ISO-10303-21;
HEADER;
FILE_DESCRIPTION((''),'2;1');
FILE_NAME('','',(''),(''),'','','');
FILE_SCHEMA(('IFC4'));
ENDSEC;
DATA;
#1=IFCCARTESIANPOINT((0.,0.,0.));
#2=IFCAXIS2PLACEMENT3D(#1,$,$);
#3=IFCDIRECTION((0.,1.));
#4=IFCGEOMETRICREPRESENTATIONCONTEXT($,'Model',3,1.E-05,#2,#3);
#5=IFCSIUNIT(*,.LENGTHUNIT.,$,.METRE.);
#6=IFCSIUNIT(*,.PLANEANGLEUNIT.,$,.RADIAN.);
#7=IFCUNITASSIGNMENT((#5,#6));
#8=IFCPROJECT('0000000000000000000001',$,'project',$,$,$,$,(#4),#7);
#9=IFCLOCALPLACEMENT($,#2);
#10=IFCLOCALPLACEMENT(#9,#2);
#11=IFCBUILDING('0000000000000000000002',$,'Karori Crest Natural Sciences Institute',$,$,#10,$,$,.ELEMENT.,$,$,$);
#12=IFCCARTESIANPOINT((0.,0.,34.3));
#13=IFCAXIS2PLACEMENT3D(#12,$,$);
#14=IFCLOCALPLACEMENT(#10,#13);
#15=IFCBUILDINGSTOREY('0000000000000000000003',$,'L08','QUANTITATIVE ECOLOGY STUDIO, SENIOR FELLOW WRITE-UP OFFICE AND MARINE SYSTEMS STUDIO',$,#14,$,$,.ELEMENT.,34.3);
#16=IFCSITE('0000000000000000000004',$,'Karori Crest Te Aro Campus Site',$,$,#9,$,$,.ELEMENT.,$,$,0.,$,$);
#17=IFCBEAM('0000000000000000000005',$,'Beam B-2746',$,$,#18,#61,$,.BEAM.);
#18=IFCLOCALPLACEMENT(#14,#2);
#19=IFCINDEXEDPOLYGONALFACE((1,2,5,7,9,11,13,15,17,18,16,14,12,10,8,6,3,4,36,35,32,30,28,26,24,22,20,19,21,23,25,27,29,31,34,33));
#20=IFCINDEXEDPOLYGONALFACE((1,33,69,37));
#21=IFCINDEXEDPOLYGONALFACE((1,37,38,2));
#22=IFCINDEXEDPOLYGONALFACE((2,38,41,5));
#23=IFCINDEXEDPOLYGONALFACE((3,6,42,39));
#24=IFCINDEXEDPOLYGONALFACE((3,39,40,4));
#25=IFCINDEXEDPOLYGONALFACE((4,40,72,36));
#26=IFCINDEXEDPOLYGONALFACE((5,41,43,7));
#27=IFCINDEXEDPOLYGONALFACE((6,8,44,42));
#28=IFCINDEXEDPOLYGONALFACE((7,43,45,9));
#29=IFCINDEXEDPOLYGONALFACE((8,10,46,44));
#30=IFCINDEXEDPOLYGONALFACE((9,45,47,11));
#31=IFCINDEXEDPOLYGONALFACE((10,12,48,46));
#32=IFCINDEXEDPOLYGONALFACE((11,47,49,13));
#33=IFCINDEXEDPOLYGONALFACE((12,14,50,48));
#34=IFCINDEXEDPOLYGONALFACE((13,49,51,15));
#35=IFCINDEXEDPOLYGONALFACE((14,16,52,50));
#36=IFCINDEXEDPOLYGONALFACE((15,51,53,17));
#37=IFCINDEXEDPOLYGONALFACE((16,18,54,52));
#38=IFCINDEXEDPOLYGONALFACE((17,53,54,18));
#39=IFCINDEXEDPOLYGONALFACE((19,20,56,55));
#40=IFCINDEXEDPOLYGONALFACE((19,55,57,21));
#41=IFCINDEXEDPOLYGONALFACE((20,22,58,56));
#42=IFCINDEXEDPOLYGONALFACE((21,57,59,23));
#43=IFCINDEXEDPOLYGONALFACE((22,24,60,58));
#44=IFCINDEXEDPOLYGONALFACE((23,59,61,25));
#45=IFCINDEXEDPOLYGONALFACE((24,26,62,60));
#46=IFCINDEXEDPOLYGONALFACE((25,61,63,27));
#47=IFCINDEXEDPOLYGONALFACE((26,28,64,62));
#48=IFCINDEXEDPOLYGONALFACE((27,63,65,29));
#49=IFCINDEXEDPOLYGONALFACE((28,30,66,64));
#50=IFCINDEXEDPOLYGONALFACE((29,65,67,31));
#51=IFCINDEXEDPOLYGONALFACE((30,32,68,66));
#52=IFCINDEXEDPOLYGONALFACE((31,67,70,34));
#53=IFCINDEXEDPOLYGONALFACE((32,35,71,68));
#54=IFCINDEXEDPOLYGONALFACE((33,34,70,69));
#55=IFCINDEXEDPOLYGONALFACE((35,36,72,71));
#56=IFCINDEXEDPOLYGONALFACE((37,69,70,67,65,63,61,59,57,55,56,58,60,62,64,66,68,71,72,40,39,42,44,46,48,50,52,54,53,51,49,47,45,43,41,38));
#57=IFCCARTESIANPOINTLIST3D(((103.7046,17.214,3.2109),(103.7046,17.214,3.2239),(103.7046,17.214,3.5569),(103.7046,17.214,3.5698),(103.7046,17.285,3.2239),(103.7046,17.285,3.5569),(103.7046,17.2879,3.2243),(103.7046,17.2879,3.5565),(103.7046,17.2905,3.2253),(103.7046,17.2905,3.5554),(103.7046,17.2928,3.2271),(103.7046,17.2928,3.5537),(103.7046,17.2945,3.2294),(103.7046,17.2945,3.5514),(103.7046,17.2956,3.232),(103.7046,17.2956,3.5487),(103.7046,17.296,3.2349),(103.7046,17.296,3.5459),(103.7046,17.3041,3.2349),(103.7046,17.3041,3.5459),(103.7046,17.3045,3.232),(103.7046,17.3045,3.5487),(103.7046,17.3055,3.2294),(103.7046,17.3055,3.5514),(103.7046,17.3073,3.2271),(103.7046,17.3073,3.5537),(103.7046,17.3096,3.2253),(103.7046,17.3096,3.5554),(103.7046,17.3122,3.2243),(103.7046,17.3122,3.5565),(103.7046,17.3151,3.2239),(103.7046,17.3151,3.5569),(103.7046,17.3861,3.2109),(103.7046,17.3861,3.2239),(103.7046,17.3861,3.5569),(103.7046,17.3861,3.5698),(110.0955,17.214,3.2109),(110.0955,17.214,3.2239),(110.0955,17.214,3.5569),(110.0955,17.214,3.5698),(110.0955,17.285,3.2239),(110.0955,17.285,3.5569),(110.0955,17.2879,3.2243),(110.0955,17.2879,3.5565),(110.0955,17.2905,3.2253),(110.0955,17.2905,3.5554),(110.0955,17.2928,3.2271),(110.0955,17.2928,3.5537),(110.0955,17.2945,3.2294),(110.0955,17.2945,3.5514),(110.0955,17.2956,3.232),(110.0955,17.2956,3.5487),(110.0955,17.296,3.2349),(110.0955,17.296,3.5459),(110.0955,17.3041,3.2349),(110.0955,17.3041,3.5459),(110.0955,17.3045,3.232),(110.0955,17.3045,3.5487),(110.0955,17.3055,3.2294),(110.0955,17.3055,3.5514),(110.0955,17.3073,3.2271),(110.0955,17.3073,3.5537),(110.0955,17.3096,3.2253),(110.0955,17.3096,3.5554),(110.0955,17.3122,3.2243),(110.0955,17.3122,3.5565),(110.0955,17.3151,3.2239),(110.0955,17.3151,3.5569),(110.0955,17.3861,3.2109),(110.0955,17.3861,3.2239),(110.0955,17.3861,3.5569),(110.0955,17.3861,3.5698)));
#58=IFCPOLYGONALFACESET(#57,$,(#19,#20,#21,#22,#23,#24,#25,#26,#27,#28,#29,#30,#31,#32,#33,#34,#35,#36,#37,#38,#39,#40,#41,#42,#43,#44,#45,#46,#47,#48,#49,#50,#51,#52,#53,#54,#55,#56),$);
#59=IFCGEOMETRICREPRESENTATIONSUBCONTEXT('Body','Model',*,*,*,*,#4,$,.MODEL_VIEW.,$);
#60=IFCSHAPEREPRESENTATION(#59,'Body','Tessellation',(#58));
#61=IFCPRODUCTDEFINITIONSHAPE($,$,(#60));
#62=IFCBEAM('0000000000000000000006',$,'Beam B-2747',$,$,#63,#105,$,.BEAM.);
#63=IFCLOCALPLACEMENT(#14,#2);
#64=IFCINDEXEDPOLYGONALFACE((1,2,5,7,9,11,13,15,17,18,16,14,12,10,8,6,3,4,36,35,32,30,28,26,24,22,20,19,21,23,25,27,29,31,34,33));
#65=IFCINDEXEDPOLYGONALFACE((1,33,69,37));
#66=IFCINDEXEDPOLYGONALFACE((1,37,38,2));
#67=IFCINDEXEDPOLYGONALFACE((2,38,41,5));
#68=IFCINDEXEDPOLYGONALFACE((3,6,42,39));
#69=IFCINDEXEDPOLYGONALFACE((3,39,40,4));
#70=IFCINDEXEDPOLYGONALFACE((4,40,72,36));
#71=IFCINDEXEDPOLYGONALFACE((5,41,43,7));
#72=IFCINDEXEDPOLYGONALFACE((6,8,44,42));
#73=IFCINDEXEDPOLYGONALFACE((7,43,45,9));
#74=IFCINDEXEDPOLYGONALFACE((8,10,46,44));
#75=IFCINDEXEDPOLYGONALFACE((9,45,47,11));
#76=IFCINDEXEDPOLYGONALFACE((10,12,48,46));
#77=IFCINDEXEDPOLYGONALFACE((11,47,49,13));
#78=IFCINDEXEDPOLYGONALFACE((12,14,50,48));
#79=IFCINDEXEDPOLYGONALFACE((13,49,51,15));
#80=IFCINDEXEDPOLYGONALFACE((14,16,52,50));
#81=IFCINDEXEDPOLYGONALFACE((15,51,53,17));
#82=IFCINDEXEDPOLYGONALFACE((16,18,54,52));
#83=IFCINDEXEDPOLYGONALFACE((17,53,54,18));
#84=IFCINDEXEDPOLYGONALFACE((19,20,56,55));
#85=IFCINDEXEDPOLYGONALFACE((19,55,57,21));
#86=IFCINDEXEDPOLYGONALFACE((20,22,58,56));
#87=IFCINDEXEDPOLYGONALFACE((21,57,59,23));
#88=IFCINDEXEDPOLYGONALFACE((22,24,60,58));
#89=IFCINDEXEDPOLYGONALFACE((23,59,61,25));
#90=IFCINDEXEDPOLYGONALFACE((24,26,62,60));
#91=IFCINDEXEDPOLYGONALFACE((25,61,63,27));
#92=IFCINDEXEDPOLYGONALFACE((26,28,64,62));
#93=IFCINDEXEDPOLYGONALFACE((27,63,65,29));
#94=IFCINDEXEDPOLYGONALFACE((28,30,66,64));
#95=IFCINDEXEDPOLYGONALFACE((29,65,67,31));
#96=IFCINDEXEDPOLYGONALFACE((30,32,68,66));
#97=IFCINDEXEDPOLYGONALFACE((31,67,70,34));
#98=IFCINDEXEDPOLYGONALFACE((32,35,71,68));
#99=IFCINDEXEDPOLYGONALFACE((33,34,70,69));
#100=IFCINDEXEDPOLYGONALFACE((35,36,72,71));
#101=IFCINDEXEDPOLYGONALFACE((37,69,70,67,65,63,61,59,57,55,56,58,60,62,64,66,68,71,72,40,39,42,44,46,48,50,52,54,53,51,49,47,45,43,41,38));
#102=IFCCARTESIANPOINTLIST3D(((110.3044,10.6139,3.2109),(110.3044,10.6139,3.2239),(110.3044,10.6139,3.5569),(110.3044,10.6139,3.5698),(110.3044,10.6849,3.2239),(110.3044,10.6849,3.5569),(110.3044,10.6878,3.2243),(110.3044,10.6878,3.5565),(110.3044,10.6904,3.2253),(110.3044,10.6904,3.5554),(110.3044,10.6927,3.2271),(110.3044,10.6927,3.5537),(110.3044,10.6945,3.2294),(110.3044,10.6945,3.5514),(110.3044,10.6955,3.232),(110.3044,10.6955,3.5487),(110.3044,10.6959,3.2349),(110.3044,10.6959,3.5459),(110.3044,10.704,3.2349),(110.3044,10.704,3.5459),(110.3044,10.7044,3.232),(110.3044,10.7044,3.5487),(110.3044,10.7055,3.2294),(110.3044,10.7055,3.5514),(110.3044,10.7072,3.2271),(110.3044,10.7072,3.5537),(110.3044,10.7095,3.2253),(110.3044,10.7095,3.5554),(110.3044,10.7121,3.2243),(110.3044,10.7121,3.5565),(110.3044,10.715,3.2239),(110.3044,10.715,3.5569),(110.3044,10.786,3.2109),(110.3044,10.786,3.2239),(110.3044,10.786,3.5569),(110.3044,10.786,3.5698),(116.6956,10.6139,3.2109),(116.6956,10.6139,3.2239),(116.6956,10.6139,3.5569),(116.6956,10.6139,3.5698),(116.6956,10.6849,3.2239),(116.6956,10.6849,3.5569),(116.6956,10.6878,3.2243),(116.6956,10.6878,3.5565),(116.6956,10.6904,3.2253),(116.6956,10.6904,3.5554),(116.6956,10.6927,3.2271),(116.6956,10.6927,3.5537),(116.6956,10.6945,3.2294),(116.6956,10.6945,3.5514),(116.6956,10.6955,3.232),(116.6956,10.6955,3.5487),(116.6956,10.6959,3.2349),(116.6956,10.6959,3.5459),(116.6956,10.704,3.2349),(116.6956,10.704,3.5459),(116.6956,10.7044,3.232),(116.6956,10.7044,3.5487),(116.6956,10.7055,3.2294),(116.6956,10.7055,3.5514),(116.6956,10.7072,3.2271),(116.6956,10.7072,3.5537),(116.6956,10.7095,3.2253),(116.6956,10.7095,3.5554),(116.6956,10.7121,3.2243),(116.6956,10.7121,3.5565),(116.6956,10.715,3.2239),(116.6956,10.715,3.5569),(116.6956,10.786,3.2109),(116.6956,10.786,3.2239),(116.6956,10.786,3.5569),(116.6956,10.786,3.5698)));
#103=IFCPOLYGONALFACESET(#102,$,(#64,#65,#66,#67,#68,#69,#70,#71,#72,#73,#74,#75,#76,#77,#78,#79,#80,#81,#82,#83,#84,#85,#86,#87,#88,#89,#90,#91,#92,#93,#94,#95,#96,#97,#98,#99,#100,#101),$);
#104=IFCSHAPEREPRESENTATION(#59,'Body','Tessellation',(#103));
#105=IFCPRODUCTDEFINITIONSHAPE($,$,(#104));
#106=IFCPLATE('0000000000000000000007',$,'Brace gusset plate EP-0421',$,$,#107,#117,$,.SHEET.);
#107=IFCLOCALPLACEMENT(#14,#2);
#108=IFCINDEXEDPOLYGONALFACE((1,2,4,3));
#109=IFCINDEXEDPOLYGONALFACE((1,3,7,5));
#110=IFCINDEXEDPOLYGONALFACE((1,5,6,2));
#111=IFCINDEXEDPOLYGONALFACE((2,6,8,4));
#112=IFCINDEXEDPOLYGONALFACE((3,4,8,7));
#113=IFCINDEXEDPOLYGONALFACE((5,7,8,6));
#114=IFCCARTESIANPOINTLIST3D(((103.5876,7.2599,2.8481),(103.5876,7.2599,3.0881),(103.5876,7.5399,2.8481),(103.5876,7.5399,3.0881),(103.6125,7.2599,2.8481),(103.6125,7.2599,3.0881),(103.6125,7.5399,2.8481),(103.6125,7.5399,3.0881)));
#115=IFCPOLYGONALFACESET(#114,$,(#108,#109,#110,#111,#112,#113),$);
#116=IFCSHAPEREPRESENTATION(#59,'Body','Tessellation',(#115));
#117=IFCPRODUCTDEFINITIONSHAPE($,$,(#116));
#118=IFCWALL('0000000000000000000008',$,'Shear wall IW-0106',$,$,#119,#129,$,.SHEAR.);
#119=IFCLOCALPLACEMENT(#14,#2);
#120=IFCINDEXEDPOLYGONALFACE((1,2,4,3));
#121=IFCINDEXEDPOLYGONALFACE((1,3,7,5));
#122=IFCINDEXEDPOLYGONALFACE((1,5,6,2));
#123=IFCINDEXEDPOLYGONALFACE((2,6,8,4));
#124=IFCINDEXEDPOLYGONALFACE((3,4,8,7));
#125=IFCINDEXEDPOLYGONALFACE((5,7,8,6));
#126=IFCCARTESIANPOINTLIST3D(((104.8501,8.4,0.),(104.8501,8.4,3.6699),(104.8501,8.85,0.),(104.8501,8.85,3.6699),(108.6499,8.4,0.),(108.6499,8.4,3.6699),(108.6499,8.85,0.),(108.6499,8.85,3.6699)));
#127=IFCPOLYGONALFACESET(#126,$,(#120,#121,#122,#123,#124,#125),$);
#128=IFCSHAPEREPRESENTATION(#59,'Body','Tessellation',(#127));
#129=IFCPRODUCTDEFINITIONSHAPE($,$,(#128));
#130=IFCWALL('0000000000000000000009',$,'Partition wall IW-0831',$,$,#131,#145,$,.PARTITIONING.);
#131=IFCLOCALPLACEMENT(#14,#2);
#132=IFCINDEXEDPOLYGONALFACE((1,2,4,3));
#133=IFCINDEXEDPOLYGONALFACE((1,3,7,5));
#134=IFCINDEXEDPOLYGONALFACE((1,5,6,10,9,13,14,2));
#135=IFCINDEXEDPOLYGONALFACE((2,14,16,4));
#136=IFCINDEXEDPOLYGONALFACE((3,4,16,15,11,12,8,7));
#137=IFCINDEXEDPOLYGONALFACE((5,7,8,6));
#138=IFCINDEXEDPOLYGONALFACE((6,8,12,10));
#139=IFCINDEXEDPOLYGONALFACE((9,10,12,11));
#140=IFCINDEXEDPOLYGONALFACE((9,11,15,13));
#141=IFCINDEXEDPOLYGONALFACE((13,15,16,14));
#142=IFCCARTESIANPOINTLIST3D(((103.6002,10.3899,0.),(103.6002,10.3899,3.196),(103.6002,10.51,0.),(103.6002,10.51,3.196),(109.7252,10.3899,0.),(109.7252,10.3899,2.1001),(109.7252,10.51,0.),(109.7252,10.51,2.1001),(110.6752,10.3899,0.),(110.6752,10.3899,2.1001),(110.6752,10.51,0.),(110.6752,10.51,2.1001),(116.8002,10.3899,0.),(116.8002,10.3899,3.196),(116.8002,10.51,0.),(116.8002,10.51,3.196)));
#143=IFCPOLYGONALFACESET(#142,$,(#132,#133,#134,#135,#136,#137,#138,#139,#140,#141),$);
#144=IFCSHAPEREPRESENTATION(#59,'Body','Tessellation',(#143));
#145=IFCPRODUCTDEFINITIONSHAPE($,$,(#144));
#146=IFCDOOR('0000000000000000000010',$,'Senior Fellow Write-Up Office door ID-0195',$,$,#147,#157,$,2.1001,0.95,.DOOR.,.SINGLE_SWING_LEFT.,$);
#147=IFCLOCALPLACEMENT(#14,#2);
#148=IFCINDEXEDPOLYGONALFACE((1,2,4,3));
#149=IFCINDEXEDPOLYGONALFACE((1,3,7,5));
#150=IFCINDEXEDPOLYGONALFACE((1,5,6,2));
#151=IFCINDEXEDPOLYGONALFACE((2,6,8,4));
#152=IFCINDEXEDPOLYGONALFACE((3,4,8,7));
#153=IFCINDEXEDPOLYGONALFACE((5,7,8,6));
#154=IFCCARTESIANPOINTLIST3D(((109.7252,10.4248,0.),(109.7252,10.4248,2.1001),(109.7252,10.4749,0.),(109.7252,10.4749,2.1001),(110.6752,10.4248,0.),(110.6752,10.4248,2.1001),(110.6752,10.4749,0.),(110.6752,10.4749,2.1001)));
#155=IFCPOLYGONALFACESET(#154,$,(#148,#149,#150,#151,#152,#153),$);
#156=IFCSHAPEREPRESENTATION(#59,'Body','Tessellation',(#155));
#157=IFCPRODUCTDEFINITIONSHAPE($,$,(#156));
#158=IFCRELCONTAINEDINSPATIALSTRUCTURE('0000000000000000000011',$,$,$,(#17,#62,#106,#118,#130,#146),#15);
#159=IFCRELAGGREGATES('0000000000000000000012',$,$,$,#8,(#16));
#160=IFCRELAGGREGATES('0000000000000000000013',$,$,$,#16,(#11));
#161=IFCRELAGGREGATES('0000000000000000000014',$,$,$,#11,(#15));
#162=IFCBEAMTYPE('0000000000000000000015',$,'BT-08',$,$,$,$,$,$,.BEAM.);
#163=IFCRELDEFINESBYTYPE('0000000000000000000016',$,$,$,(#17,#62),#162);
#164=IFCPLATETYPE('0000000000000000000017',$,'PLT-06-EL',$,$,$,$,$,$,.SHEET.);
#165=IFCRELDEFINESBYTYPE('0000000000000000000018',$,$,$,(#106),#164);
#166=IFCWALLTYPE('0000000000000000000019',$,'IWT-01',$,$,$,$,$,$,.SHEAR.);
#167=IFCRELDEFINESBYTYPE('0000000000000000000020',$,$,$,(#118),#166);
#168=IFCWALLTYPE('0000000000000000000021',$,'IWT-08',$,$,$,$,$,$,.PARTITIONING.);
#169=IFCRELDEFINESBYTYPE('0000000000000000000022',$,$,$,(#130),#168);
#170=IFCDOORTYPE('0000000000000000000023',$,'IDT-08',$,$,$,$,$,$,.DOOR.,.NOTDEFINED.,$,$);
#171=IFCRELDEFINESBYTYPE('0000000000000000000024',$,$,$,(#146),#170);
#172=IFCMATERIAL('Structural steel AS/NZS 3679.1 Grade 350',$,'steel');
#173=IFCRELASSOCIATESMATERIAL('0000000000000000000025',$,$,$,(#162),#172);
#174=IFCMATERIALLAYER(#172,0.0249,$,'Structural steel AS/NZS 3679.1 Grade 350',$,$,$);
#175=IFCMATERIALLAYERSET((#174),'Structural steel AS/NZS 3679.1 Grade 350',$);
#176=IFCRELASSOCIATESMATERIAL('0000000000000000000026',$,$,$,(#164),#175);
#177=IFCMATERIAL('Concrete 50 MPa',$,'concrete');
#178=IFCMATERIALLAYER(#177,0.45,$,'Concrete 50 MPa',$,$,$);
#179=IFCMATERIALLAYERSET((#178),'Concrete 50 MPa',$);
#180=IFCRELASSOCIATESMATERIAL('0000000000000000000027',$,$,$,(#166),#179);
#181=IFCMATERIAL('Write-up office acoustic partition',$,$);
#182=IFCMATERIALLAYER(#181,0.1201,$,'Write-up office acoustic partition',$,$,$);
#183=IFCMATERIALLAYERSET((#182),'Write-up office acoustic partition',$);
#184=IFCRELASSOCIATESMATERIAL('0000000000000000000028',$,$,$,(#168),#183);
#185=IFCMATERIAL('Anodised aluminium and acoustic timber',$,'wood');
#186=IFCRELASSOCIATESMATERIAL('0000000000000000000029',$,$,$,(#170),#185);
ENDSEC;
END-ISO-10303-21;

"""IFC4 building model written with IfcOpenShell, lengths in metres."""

from ifc_helpers import new_model, si_unit, direction, frame, frame_2d, origin, origin_2d, place, context, subcontext, project, spatial, rectangle, i_section, extrude, material, layer, layer_set, material_profile, profile_set, type_object, element, fill, save


model = new_model("IFC4")

# Units and contexts
model_context = context("Model", 3, precision=1e-05, world=origin(), true_north=direction((0.0, 1.0)))
body_context = subcontext(model_context, "Body", "Model", "MODEL_VIEW")
ifc_project = project(units=[si_unit("LENGTHUNIT", "METRE"), si_unit("PLANEANGLEUNIT", "RADIAN")], contexts=[model_context])

# Site, building, storey
site_placement = place(None, origin())
site = spatial("IfcSite", under=ifc_project, at=site_placement, Name="Karori Crest Te Aro Campus Site", CompositionType="ELEMENT", RefElevation=0.0)
building_placement = place(site_placement, origin())
building = spatial("IfcBuilding", under=site, at=building_placement, Name="Karori Crest Natural Sciences Institute", CompositionType="ELEMENT")
storey_placement = place(building_placement, frame((0.0, 0.0, 34.3)))
storey = spatial("IfcBuildingStorey", under=building, at=storey_placement, Name="L08", Description="QUANTITATIVE ECOLOGY STUDIO, SENIOR FELLOW WRITE-UP OFFICE AND MARINE SYSTEMS STUDIO", CompositionType="ELEMENT", Elevation=34.3)

# Shared definitions
ifc_material_1 = material(Name="Structural steel AS/NZS 3679.1 Grade 350", Category="steel")
ifc_material_2 = material(Name="Concrete 50 MPa", Category="concrete")

# Beams
ifc_material_profile_1 = material_profile(ifc_material_1, i_section(OverallWidth=0.1721, OverallDepth=0.3589, WebThickness=0.0081, FlangeThickness=0.0129, FilletRadius=0.011, at=origin_2d()), Name="360UB56.7")
ifc_profile_set_1 = profile_set([ifc_material_profile_1], Name="Structural steel AS/NZS 3679.1 Grade 350")
beam_type_1 = type_object("IfcBeamType", Name="BT-08", PredefinedType="BEAM", material=ifc_profile_set_1)
for number, where, z_axis, x_axis, name in (
    (1, (103.7046, 17.3, 3.3904), (1.0, 0.0, 0.0), (0.0, 1.0, 0.0), "Beam B-2746"),
):
    element("IfcBeam", number, at=place(storey_placement, frame(where, z_axis=z_axis, x_axis=x_axis)), inside=storey, type_object=beam_type_1, Name=name, PredefinedType="BEAM", context=body_context, shape_type="SweptSolid", body=[
        extrude(i_section(OverallWidth=0.1721, OverallDepth=0.3589, WebThickness=0.0081, FlangeThickness=0.0129, FilletRadius=0.011, at=origin_2d()), origin(), (0.0, 0.0, 1.0), 6.3909),
    ])
beam_1_placement = place(storey_placement, frame((110.3044, 10.7, 3.3904), z_axis=(1.0, 0.0, 0.0), x_axis=(0.0, 1.0, 0.0)))
element("IfcBeam", 2, at=beam_1_placement, inside=storey, type_object=beam_type_1, Name="Beam B-2747", PredefinedType="BEAM", context=body_context, shape_type="SweptSolid", body=[
    extrude(i_section(OverallWidth=0.1721, OverallDepth=0.3589, WebThickness=0.0081, FlangeThickness=0.0129, FilletRadius=0.011, at=origin_2d()), origin(), (0.0, 0.0, 1.0), 6.3911),
])

# Plate
ifc_layer_1 = layer(ifc_material_1, 0.0249, Name="Structural steel AS/NZS 3679.1 Grade 350")
ifc_layer_set_1 = layer_set([ifc_layer_1], Name="Structural steel AS/NZS 3679.1 Grade 350")
plate_type = type_object("IfcPlateType", Name="PLT-06-EL", PredefinedType="SHEET", material=ifc_layer_set_1)
plate_placement = place(storey_placement, frame((103.6001, 7.3999, 2.8481), z_axis=(0.0, 0.0, 1.0), x_axis=(0.0, 1.0, 0.0)))
element("IfcPlate", 3, at=plate_placement, inside=storey, type_object=plate_type, Name="Brace gusset plate EP-0421", PredefinedType="SHEET", context=body_context, shape_type="SweptSolid", body=[
    extrude(rectangle(XDim=0.28, YDim=0.0249, at=origin_2d()), origin(), (0.0, 0.0, 1.0), 0.24),
])

# Wall
ifc_layer_2 = layer(ifc_material_2, 0.45, Name="Concrete 50 MPa")
ifc_layer_set_2 = layer_set([ifc_layer_2], Name="Concrete 50 MPa")
wall_type_1 = type_object("IfcWallType", Name="IWT-01", PredefinedType="SHEAR", material=ifc_layer_set_2)
wall_1_placement = place(storey_placement, frame((104.8501, 8.625, 0.0), z_axis=(0.0, 0.0, 1.0), x_axis=(1.0, 0.0, 0.0)))
element("IfcWall", 4, at=wall_1_placement, inside=storey, type_object=wall_type_1, Name="Shear wall IW-0106", PredefinedType="SHEAR", context=body_context, shape_type="SweptSolid", body=[
    extrude(rectangle(XDim=3.7998, YDim=0.45, at=frame_2d((1.8999, 0.0))), origin(), (0.0, 0.0, 1.0), 3.6699),
])

# Wall, opening, door
ifc_material_3 = material(Name="Write-up office acoustic partition")
ifc_layer_3 = layer(ifc_material_3, 0.1201, Name="Write-up office acoustic partition")
ifc_layer_set_3 = layer_set([ifc_layer_3], Name="Write-up office acoustic partition")
wall_type_2 = type_object("IfcWallType", Name="IWT-08", PredefinedType="PARTITIONING", material=ifc_layer_set_3)
wall_2_placement = place(storey_placement, frame((103.6001, 10.45, 0.0), z_axis=(0.0, 0.0, 1.0), x_axis=(1.0, 0.0, 0.0)))
wall_2 = element("IfcWall", 5, at=wall_2_placement, inside=storey, type_object=wall_type_2, Name="Partition wall IW-0831", PredefinedType="PARTITIONING", context=body_context, shape_type="SweptSolid", body=[
    extrude(rectangle(XDim=13.2, YDim=0.1201, at=frame_2d((6.6001, 0.0))), origin(), (0.0, 0.0, 1.0), 3.196),
])
opening_1_placement = place(wall_2_placement, frame((6.125, 0.0, 0.0)))
opening_1 = element("IfcOpeningElement", 6, at=opening_1_placement, cuts=wall_2, PredefinedType="OPENING", context=body_context, shape_type="SweptSolid", body=[
    extrude(rectangle(XDim=0.95, YDim=2.1001, at=frame_2d((0.4751, 1.05))), frame((0.0, 0.0701, 0.0), z_axis=(0.0, -1.0, 0.0), x_axis=(1.0, 0.0, 0.0)), (0.0, 0.0, 1.0), 0.1401),
])
ifc_material_4 = material(Name="Anodised aluminium and acoustic timber", Category="wood")
door_type_1 = type_object("IfcDoorType", Name="IDT-08", OperationType="NOTDEFINED", PredefinedType="DOOR", material=ifc_material_4)
door_1_placement = place(opening_1_placement, origin())
door_1 = element("IfcDoor", 7, at=door_1_placement, inside=storey, type_object=door_type_1, Name="Senior Fellow Write-Up Office door ID-0195", OperationType="SINGLE_SWING_LEFT", OverallHeight=2.1001, OverallWidth=0.95, PredefinedType="DOOR", context=body_context, shape_type="SweptSolid", body=[
    extrude(rectangle(XDim=0.95, YDim=2.1001, at=frame_2d((0.4751, 1.05))), frame((0.0, 0.0249, 0.0), z_axis=(0.0, -1.0, 0.0), x_axis=(1.0, 0.0, 0.0)), (0.0, 0.0, 1.0), 0.05),
])
fill(opening_1, door_1)

save(model, "model.ifc")
